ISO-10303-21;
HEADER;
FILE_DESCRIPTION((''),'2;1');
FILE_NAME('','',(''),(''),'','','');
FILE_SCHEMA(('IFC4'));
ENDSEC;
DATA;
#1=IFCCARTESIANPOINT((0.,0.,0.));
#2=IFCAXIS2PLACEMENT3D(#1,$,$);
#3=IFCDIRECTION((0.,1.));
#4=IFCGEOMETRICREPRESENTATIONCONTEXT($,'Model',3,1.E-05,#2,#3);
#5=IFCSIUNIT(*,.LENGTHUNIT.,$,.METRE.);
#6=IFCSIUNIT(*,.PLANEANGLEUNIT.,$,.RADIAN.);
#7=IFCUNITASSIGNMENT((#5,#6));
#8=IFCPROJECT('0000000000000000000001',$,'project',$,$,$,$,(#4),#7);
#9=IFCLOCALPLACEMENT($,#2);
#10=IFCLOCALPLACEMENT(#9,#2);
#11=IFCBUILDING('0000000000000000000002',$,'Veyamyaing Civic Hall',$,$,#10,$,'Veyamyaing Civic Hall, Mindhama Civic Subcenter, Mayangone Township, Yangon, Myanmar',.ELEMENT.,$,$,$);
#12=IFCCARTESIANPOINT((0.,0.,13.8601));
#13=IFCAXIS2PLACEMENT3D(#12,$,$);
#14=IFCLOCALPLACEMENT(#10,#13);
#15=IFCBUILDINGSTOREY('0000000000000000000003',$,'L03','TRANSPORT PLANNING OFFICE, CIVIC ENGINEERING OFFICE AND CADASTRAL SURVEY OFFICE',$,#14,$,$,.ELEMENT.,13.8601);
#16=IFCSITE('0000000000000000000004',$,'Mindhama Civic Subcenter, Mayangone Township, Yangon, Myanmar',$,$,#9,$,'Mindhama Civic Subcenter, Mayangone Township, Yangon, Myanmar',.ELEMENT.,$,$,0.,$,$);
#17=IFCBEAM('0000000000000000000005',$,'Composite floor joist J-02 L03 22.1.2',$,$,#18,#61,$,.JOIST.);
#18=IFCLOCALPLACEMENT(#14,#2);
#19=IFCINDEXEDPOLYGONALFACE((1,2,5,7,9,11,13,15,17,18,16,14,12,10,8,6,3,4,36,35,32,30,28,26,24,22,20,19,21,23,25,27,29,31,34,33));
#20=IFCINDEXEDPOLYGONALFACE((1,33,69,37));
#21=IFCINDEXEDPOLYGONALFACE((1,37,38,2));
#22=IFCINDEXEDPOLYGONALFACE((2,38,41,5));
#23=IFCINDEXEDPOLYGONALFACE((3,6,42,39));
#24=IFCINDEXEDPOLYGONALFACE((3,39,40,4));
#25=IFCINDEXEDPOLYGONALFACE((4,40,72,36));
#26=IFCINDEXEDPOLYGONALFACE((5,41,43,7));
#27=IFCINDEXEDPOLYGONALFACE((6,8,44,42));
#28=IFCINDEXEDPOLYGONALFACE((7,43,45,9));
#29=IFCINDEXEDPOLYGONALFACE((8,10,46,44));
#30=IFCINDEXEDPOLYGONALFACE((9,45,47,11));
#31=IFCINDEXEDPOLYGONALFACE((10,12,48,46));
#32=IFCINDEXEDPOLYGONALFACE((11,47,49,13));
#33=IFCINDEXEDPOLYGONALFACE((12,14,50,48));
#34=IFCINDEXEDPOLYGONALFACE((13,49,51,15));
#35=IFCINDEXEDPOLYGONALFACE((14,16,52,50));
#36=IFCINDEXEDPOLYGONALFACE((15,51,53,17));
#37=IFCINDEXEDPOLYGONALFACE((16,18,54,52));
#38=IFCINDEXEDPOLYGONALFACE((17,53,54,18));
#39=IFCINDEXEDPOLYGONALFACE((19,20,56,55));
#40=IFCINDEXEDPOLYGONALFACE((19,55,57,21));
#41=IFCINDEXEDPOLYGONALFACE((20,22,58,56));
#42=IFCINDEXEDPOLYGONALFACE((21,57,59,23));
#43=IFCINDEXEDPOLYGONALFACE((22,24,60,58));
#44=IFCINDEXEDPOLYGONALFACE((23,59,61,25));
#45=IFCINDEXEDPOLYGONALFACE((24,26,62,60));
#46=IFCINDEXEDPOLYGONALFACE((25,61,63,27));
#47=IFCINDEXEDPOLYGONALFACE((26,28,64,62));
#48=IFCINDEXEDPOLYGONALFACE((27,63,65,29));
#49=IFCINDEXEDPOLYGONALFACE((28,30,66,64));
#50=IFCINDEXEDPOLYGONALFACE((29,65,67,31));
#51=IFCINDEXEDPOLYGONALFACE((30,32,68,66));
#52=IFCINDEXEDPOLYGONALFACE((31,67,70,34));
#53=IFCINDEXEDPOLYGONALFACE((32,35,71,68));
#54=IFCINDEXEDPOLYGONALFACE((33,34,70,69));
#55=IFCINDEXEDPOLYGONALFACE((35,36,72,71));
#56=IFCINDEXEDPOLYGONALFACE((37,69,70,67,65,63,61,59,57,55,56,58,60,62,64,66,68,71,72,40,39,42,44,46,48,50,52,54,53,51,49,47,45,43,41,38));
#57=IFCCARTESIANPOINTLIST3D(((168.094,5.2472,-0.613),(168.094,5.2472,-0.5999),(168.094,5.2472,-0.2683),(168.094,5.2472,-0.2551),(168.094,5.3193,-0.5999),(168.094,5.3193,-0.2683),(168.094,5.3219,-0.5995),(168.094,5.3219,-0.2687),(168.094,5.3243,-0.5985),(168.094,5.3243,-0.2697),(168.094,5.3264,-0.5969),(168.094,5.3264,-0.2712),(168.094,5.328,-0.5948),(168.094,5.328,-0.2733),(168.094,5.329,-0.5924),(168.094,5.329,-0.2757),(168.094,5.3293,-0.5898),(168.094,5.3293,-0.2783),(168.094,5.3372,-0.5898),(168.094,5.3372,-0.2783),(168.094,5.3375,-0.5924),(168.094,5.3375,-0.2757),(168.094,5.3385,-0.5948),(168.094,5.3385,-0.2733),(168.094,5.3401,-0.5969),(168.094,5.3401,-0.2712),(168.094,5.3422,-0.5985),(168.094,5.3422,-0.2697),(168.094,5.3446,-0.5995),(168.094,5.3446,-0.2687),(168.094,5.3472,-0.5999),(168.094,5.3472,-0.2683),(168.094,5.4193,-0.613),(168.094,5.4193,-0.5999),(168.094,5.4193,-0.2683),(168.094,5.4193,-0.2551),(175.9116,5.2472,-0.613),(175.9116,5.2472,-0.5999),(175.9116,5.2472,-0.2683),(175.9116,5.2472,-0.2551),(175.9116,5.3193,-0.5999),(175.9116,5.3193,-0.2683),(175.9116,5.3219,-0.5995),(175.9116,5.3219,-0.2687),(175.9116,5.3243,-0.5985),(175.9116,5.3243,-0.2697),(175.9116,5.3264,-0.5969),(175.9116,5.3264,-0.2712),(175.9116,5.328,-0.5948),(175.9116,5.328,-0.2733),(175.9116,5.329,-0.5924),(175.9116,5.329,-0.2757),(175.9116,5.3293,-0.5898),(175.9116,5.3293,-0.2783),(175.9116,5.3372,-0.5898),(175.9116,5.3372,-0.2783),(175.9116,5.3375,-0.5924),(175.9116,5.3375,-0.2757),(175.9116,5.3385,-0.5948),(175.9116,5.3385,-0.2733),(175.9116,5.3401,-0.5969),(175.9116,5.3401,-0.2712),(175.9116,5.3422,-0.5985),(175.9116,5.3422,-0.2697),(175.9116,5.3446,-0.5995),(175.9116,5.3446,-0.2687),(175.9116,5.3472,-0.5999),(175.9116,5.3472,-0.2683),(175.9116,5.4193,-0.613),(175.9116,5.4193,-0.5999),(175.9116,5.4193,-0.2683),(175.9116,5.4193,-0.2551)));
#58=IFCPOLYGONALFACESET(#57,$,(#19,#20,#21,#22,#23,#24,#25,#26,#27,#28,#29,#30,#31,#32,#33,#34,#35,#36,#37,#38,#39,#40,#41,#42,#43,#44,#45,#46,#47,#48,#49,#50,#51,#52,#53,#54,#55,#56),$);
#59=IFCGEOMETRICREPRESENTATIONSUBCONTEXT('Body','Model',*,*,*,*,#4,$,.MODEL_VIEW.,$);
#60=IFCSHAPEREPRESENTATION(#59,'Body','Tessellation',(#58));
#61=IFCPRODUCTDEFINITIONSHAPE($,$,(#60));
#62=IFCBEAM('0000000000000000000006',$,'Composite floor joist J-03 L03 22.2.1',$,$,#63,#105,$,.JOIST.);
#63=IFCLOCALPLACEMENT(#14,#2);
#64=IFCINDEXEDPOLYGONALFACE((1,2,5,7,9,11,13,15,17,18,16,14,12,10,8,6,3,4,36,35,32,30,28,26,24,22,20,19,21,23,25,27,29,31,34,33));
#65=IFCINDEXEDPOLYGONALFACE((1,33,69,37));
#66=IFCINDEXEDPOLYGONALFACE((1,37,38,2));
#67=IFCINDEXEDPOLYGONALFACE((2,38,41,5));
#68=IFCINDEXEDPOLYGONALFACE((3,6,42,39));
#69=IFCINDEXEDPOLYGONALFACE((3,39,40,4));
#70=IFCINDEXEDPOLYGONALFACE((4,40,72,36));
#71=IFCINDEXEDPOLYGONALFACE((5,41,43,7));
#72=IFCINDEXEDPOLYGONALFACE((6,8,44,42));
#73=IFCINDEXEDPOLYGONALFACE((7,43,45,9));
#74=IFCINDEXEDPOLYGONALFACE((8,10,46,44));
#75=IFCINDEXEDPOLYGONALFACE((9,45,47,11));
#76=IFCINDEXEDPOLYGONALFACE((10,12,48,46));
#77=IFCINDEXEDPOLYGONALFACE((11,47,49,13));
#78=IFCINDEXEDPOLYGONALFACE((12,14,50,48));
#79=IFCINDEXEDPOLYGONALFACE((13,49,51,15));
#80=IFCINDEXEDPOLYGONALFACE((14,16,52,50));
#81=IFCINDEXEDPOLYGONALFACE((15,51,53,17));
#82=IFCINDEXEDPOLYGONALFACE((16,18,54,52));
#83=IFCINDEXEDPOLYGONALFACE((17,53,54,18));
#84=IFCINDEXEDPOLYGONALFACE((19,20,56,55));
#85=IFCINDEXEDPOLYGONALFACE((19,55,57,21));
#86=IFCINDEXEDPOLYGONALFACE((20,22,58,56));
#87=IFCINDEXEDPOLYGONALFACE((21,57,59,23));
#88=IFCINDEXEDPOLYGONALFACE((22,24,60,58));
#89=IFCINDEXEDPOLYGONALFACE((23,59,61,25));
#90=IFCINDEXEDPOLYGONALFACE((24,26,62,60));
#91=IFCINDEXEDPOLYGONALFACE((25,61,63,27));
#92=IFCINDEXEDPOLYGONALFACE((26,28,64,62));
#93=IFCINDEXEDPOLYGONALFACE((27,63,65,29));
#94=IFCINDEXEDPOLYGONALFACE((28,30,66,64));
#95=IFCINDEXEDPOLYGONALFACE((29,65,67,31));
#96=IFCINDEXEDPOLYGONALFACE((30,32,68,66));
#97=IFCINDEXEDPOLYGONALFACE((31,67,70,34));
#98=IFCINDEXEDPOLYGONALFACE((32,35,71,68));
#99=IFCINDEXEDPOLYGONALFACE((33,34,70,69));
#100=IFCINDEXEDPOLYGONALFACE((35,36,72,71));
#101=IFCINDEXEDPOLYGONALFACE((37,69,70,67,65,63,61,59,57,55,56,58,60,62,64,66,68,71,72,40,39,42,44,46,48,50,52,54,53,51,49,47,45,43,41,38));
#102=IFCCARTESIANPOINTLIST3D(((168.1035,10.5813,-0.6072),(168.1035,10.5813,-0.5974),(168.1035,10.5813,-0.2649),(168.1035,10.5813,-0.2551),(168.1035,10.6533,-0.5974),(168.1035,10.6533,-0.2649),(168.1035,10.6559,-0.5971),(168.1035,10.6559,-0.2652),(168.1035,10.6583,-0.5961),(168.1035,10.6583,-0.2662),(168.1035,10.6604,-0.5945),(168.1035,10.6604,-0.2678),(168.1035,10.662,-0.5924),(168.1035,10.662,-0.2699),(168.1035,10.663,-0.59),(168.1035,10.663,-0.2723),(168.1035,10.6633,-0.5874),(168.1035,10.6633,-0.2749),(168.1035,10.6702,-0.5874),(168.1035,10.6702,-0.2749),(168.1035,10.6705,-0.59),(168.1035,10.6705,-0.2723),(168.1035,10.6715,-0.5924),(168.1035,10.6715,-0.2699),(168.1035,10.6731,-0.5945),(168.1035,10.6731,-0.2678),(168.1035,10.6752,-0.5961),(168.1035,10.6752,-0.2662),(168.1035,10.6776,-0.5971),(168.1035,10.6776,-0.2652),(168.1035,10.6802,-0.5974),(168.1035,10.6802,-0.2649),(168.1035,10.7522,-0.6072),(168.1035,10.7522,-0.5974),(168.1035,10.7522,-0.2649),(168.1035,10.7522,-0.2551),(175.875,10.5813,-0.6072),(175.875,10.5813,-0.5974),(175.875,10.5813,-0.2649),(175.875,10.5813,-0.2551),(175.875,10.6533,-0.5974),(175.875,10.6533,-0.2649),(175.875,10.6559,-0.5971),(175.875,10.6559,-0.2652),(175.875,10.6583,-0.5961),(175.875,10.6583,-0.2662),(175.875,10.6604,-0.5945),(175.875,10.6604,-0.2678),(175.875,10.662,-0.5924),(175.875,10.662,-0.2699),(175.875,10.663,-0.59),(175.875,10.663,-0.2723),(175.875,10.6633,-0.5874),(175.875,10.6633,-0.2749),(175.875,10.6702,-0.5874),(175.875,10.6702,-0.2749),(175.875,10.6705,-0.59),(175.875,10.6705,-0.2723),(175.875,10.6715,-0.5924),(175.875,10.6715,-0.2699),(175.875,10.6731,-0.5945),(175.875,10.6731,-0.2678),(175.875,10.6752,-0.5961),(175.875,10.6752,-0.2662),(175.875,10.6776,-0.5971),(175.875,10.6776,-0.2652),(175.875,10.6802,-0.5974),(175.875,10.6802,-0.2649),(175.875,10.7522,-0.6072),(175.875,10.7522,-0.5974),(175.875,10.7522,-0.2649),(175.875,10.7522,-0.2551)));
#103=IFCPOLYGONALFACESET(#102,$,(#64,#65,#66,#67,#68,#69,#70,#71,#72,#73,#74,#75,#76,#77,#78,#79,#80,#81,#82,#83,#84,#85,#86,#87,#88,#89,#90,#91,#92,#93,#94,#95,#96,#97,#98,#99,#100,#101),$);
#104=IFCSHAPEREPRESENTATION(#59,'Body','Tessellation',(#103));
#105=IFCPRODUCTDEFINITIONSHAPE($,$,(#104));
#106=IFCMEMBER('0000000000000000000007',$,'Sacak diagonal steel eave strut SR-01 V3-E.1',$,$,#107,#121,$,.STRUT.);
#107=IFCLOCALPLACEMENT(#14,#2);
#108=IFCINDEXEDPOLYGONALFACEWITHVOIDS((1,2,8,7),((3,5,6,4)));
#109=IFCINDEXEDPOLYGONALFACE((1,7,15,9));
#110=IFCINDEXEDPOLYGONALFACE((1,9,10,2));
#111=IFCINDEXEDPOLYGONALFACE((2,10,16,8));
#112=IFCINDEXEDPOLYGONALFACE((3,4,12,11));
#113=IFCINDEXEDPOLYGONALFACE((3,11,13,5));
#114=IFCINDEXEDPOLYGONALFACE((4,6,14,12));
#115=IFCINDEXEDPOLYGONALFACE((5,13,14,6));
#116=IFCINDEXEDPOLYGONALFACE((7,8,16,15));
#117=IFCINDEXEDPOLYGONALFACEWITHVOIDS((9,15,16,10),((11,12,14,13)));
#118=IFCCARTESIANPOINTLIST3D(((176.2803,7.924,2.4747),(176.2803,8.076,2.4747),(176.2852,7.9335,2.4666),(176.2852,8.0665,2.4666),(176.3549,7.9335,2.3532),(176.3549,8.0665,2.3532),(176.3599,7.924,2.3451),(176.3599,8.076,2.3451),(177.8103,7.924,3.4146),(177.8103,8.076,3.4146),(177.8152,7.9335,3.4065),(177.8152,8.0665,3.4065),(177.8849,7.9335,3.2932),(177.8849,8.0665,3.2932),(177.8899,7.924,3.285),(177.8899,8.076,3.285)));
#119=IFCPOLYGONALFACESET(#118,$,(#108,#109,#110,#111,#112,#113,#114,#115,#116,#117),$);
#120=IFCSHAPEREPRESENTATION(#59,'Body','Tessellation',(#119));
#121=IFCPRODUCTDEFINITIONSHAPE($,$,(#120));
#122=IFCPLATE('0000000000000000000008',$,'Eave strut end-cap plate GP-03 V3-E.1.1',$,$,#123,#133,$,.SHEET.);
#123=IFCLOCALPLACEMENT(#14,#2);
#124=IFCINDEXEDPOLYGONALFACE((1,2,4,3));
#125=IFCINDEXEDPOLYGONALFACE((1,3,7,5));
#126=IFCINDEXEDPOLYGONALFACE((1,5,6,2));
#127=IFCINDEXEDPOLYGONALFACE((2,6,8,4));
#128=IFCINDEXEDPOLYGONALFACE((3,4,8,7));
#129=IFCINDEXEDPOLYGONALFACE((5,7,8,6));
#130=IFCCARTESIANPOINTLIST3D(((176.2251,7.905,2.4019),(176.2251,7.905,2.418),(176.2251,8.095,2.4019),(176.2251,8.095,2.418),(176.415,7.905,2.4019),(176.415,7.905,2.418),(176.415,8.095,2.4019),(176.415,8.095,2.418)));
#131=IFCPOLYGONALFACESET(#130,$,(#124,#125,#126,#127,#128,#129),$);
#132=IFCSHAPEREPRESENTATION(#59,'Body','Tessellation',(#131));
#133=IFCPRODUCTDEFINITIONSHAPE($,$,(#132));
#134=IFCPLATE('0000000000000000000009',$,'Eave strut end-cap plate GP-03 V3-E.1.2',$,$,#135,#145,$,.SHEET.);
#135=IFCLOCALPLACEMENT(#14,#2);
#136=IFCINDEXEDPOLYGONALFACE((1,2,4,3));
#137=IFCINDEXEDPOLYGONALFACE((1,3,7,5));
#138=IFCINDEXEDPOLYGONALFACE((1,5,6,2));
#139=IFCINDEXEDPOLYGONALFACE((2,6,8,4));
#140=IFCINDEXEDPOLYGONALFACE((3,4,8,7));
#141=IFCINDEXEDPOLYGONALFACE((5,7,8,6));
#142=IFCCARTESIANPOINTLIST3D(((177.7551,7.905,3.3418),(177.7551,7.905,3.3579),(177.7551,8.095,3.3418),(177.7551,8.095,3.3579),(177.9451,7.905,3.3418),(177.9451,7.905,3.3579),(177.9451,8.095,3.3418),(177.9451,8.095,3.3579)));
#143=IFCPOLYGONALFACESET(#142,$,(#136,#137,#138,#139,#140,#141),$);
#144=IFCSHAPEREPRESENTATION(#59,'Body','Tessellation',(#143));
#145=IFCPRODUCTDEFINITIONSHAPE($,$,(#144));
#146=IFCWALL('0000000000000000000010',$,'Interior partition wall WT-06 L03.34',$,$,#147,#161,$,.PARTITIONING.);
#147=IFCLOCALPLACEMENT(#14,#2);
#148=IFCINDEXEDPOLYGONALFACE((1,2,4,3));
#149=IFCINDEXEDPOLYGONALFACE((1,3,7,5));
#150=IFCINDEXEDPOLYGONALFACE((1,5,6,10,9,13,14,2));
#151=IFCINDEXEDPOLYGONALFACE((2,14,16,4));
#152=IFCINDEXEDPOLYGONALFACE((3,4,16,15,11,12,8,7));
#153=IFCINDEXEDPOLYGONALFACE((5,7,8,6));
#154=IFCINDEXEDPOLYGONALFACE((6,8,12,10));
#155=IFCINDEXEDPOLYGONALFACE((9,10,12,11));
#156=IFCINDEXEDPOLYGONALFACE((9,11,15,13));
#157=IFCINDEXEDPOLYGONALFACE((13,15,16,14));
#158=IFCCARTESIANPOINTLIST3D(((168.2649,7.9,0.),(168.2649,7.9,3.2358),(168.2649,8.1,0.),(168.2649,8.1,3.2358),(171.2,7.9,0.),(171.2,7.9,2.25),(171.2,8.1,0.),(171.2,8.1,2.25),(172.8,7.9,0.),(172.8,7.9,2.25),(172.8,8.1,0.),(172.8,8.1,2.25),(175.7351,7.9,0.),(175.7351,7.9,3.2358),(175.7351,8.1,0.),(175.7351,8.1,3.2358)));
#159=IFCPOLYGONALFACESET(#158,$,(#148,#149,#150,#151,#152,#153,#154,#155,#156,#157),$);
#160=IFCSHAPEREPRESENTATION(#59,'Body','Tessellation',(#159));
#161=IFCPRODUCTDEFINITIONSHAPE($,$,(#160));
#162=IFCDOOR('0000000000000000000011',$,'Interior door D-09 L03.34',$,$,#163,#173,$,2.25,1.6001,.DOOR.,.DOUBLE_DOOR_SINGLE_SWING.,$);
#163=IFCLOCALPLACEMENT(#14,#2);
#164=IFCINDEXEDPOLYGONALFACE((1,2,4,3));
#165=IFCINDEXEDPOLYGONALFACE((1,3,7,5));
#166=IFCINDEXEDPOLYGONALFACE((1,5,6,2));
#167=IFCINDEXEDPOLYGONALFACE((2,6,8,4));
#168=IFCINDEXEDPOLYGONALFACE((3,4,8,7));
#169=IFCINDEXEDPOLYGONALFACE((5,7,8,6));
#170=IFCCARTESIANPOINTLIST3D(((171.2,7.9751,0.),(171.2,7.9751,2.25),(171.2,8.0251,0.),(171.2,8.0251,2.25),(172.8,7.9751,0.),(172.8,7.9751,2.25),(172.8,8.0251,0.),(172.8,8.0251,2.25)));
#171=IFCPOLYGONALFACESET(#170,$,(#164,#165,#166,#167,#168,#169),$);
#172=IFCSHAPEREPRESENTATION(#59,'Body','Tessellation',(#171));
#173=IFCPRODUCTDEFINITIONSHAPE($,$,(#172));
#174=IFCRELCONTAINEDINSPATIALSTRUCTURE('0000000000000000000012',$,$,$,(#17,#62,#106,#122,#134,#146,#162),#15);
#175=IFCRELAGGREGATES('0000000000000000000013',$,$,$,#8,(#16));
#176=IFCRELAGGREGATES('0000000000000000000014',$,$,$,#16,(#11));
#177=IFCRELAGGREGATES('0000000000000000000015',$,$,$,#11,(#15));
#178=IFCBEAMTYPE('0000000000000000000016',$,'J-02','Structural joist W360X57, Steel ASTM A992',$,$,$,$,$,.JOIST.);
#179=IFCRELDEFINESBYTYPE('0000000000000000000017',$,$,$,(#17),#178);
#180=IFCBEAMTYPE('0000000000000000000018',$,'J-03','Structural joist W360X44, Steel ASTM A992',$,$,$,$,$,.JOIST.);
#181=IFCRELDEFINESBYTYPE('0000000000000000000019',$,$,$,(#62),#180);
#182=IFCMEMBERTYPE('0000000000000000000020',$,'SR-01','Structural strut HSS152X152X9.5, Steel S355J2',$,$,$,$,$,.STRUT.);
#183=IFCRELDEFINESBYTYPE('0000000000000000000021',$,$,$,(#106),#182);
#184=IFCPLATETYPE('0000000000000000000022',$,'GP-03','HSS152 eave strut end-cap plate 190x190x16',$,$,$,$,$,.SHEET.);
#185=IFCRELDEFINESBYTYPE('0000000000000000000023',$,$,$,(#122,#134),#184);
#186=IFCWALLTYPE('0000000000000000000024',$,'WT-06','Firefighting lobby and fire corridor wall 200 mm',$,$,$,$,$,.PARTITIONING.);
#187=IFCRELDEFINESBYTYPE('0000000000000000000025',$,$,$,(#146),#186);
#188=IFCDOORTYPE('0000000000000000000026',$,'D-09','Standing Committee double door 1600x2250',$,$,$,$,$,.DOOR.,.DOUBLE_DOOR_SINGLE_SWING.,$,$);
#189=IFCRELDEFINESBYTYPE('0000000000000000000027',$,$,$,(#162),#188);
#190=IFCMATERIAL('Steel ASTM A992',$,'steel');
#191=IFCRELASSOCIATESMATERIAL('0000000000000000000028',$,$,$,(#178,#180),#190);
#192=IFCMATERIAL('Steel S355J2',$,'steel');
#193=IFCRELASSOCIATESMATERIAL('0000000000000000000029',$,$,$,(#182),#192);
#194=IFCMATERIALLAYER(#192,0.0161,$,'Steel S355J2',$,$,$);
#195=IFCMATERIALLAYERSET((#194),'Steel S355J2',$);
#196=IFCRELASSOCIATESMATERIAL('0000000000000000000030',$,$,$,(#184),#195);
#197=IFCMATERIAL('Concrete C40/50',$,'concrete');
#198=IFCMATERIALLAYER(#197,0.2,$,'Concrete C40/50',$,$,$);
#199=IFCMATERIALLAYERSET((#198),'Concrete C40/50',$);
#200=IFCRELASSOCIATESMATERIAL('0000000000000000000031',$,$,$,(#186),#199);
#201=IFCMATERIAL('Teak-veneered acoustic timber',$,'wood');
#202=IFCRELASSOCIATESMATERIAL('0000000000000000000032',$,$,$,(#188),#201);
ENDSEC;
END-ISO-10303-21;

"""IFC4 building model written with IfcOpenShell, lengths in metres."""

from ifc_helpers import new_model, si_unit, direction, frame, frame_2d, origin, origin_2d, place, context, subcontext, project, spatial, rectangle, hollow_rectangle, i_section, extrude, material, layer, layer_set, material_profile, profile_set, type_object, element, fill, save


model = new_model("IFC4")

# Units and contexts
model_context = context("Model", 3, precision=1e-05, world=origin(), true_north=direction((0.0, 1.0)))
body_context = subcontext(model_context, "Body", "Model", "MODEL_VIEW")
ifc_project = project(units=[si_unit("LENGTHUNIT", "METRE"), si_unit("PLANEANGLEUNIT", "RADIAN")], contexts=[model_context])

# Site, building, storey
site_placement = place(None, origin())
site = spatial("IfcSite", under=ifc_project, at=site_placement, Name="Mindhama Civic Subcenter, Mayangone Township, Yangon, Myanmar", LongName="Mindhama Civic Subcenter, Mayangone Township, Yangon, Myanmar", CompositionType="ELEMENT", RefElevation=0.0)
building_placement = place(site_placement, origin())
building = spatial("IfcBuilding", under=site, at=building_placement, Name="Veyamyaing Civic Hall", LongName="Veyamyaing Civic Hall, Mindhama Civic Subcenter, Mayangone Township, Yangon, Myanmar", CompositionType="ELEMENT")
storey_placement = place(building_placement, frame((0.0, 0.0, 13.8601)))
storey = spatial("IfcBuildingStorey", under=building, at=storey_placement, Name="L03", Description="TRANSPORT PLANNING OFFICE, CIVIC ENGINEERING OFFICE AND CADASTRAL SURVEY OFFICE", CompositionType="ELEMENT", Elevation=13.8601)

# Beams
ifc_material_1 = material(Name="Steel ASTM A992", Category="steel")
ifc_material_profile_1 = material_profile(ifc_material_1, i_section(OverallWidth=0.1721, OverallDepth=0.3579, WebThickness=0.0078, FlangeThickness=0.0132, FilletRadius=0.01, at=origin_2d()), Name="W360X57")
ifc_profile_set_1 = profile_set([ifc_material_profile_1], Name="Steel ASTM A992")
beam_type_1 = type_object("IfcBeamType", Name="J-02", Description="Structural joist W360X57, Steel ASTM A992", PredefinedType="JOIST", material=ifc_profile_set_1)
beam_1_placement = place(storey_placement, frame((168.094, 5.3333, -0.4341), z_axis=(1.0, 0.0, 0.0), x_axis=(0.0, 1.0, 0.0)))
element("IfcBeam", 1, at=beam_1_placement, inside=storey, type_object=beam_type_1, Name="Composite floor joist J-02 L03 22.1.2", PredefinedType="JOIST", context=body_context, shape_type="SweptSolid", body=[
    extrude(i_section(OverallWidth=0.1721, OverallDepth=0.3579, WebThickness=0.0078, FlangeThickness=0.0132, FilletRadius=0.01, at=origin_2d()), origin(), (0.0, 0.0, 1.0), 7.8176),
])
ifc_material_profile_2 = material_profile(ifc_material_1, i_section(OverallWidth=0.1709, OverallDepth=0.3521, WebThickness=0.0068, FlangeThickness=0.0098, FilletRadius=0.01, at=origin_2d()), Name="W360X44")
ifc_profile_set_2 = profile_set([ifc_material_profile_2], Name="Steel ASTM A992")
beam_type_2 = type_object("IfcBeamType", Name="J-03", Description="Structural joist W360X44, Steel ASTM A992", PredefinedType="JOIST", material=ifc_profile_set_2)
beam_2_placement = place(storey_placement, frame((168.1035, 10.6667, -0.4312), z_axis=(1.0, 0.0, 0.0), x_axis=(0.0, 1.0, 0.0)))
element("IfcBeam", 2, at=beam_2_placement, inside=storey, type_object=beam_type_2, Name="Composite floor joist J-03 L03 22.2.1", PredefinedType="JOIST", context=body_context, shape_type="SweptSolid", body=[
    extrude(i_section(OverallWidth=0.1709, OverallDepth=0.3521, WebThickness=0.0068, FlangeThickness=0.0098, FilletRadius=0.01, at=origin_2d()), origin(), (0.0, 0.0, 1.0), 7.7715),
])

# Member
ifc_material_2 = material(Name="Steel S355J2", Category="steel")
ifc_material_profile_3 = material_profile(ifc_material_2, hollow_rectangle(XDim=0.1521, YDim=0.1521, WallThickness=0.0095, at=origin_2d()), Name="HSS152X152X9.5")
ifc_profile_set_3 = profile_set([ifc_material_profile_3], Name="Steel S355J2")
member_type = type_object("IfcMemberType", Name="SR-01", Description="Structural strut HSS152X152X9.5, Steel S355J2", PredefinedType="STRUT", material=ifc_profile_set_3)
member_placement = place(storey_placement, frame((176.3201, 8.0, 2.4099), z_axis=(0.85206, 0.0, 0.523445), x_axis=(0.0, 1.0, 0.0)))
element("IfcMember", 3, at=member_placement, inside=storey, type_object=member_type, Name="Sacak diagonal steel eave strut SR-01 V3-E.1", PredefinedType="STRUT", context=body_context, shape_type="SweptSolid", body=[
    extrude(hollow_rectangle(XDim=0.1521, YDim=0.1521, WallThickness=0.0095, at=origin_2d()), origin(), (0.0, 0.0, 1.0), 1.7957),
])

# Plates
ifc_layer_1 = layer(ifc_material_2, 0.0161, Name="Steel S355J2")
ifc_layer_set_1 = layer_set([ifc_layer_1], Name="Steel S355J2")
plate_type = type_object("IfcPlateType", Name="GP-03", Description="HSS152 eave strut end-cap plate 190x190x16", PredefinedType="SHEET", material=ifc_layer_set_1)
for number, where, z_axis, x_axis, name in (
    (4, (176.3201, 8.0, 2.4019), (0.0, 0.0, 1.0), (1.0, 0.0, 0.0), "Eave strut end-cap plate GP-03 V3-E.1.1"),
    (5, (177.8501, 8.0, 3.3418), (0.0, 0.0, 1.0), (1.0, 0.0, 0.0), "Eave strut end-cap plate GP-03 V3-E.1.2"),
):
    element("IfcPlate", number, at=place(storey_placement, frame(where, z_axis=z_axis, x_axis=x_axis)), inside=storey, type_object=plate_type, Name=name, PredefinedType="SHEET", context=body_context, shape_type="SweptSolid", body=[
        extrude(rectangle(XDim=0.1899, YDim=0.1899, at=origin_2d()), origin(), (0.0, 0.0, 1.0), 0.0161),
    ])

# Wall, opening, door
ifc_material_3 = material(Name="Concrete C40/50", Category="concrete")
ifc_layer_2 = layer(ifc_material_3, 0.2, Name="Concrete C40/50")
ifc_layer_set_2 = layer_set([ifc_layer_2], Name="Concrete C40/50")
wall_type_1 = type_object("IfcWallType", Name="WT-06", Description="Firefighting lobby and fire corridor wall 200 mm", PredefinedType="PARTITIONING", material=ifc_layer_set_2)
wall_1_placement = place(storey_placement, frame((168.2649, 8.0, 0.0), z_axis=(0.0, 0.0, 1.0), x_axis=(1.0, 0.0, 0.0)))
wall_1 = element("IfcWall", 6, at=wall_1_placement, inside=storey, type_object=wall_type_1, Name="Interior partition wall WT-06 L03.34", PredefinedType="PARTITIONING", context=body_context, shape_type="SweptSolid", body=[
    extrude(rectangle(XDim=7.4702, YDim=0.2, at=frame_2d((3.7351, 0.0))), origin(), (0.0, 0.0, 1.0), 3.2358),
])
opening_1_placement = place(wall_1_placement, frame((2.9351, 0.0, 0.0)))
opening_1 = element("IfcOpeningElement", 7, at=opening_1_placement, cuts=wall_1, PredefinedType="OPENING", context=body_context, shape_type="SweptSolid", body=[
    extrude(rectangle(XDim=1.6001, YDim=2.25, at=frame_2d((0.8, 1.125))), frame((0.0, 0.1099, 0.0), z_axis=(0.0, -1.0, 0.0), x_axis=(1.0, 0.0, 0.0)), (0.0, 0.0, 1.0), 0.22),
])
ifc_material_4 = material(Name="Teak-veneered acoustic timber", Category="wood")
door_type = type_object("IfcDoorType", Name="D-09", Description="Standing Committee double door 1600x2250", OperationType="DOUBLE_DOOR_SINGLE_SWING", PredefinedType="DOOR", material=ifc_material_4)
door_placement = place(opening_1_placement, frame((1.6001, 0.0, 0.0), z_axis=(0.0, 0.0, 1.0), x_axis=(-1.0, 0.0, 0.0)))
door = element("IfcDoor", 8, at=door_placement, inside=storey, type_object=door_type, Name="Interior door D-09 L03.34", OperationType="DOUBLE_DOOR_SINGLE_SWING", OverallHeight=2.25, OverallWidth=1.6001, PredefinedType="DOOR", context=body_context, shape_type="SweptSolid", body=[
    extrude(rectangle(XDim=1.6001, YDim=2.25, at=frame_2d((0.8, 1.125))), frame((0.0, 0.0249, 0.0), z_axis=(0.0, -1.0, 0.0), x_axis=(1.0, 0.0, 0.0)), (0.0, 0.0, 1.0), 0.05),
])
fill(opening_1, door)

save(model, "model.ifc")
